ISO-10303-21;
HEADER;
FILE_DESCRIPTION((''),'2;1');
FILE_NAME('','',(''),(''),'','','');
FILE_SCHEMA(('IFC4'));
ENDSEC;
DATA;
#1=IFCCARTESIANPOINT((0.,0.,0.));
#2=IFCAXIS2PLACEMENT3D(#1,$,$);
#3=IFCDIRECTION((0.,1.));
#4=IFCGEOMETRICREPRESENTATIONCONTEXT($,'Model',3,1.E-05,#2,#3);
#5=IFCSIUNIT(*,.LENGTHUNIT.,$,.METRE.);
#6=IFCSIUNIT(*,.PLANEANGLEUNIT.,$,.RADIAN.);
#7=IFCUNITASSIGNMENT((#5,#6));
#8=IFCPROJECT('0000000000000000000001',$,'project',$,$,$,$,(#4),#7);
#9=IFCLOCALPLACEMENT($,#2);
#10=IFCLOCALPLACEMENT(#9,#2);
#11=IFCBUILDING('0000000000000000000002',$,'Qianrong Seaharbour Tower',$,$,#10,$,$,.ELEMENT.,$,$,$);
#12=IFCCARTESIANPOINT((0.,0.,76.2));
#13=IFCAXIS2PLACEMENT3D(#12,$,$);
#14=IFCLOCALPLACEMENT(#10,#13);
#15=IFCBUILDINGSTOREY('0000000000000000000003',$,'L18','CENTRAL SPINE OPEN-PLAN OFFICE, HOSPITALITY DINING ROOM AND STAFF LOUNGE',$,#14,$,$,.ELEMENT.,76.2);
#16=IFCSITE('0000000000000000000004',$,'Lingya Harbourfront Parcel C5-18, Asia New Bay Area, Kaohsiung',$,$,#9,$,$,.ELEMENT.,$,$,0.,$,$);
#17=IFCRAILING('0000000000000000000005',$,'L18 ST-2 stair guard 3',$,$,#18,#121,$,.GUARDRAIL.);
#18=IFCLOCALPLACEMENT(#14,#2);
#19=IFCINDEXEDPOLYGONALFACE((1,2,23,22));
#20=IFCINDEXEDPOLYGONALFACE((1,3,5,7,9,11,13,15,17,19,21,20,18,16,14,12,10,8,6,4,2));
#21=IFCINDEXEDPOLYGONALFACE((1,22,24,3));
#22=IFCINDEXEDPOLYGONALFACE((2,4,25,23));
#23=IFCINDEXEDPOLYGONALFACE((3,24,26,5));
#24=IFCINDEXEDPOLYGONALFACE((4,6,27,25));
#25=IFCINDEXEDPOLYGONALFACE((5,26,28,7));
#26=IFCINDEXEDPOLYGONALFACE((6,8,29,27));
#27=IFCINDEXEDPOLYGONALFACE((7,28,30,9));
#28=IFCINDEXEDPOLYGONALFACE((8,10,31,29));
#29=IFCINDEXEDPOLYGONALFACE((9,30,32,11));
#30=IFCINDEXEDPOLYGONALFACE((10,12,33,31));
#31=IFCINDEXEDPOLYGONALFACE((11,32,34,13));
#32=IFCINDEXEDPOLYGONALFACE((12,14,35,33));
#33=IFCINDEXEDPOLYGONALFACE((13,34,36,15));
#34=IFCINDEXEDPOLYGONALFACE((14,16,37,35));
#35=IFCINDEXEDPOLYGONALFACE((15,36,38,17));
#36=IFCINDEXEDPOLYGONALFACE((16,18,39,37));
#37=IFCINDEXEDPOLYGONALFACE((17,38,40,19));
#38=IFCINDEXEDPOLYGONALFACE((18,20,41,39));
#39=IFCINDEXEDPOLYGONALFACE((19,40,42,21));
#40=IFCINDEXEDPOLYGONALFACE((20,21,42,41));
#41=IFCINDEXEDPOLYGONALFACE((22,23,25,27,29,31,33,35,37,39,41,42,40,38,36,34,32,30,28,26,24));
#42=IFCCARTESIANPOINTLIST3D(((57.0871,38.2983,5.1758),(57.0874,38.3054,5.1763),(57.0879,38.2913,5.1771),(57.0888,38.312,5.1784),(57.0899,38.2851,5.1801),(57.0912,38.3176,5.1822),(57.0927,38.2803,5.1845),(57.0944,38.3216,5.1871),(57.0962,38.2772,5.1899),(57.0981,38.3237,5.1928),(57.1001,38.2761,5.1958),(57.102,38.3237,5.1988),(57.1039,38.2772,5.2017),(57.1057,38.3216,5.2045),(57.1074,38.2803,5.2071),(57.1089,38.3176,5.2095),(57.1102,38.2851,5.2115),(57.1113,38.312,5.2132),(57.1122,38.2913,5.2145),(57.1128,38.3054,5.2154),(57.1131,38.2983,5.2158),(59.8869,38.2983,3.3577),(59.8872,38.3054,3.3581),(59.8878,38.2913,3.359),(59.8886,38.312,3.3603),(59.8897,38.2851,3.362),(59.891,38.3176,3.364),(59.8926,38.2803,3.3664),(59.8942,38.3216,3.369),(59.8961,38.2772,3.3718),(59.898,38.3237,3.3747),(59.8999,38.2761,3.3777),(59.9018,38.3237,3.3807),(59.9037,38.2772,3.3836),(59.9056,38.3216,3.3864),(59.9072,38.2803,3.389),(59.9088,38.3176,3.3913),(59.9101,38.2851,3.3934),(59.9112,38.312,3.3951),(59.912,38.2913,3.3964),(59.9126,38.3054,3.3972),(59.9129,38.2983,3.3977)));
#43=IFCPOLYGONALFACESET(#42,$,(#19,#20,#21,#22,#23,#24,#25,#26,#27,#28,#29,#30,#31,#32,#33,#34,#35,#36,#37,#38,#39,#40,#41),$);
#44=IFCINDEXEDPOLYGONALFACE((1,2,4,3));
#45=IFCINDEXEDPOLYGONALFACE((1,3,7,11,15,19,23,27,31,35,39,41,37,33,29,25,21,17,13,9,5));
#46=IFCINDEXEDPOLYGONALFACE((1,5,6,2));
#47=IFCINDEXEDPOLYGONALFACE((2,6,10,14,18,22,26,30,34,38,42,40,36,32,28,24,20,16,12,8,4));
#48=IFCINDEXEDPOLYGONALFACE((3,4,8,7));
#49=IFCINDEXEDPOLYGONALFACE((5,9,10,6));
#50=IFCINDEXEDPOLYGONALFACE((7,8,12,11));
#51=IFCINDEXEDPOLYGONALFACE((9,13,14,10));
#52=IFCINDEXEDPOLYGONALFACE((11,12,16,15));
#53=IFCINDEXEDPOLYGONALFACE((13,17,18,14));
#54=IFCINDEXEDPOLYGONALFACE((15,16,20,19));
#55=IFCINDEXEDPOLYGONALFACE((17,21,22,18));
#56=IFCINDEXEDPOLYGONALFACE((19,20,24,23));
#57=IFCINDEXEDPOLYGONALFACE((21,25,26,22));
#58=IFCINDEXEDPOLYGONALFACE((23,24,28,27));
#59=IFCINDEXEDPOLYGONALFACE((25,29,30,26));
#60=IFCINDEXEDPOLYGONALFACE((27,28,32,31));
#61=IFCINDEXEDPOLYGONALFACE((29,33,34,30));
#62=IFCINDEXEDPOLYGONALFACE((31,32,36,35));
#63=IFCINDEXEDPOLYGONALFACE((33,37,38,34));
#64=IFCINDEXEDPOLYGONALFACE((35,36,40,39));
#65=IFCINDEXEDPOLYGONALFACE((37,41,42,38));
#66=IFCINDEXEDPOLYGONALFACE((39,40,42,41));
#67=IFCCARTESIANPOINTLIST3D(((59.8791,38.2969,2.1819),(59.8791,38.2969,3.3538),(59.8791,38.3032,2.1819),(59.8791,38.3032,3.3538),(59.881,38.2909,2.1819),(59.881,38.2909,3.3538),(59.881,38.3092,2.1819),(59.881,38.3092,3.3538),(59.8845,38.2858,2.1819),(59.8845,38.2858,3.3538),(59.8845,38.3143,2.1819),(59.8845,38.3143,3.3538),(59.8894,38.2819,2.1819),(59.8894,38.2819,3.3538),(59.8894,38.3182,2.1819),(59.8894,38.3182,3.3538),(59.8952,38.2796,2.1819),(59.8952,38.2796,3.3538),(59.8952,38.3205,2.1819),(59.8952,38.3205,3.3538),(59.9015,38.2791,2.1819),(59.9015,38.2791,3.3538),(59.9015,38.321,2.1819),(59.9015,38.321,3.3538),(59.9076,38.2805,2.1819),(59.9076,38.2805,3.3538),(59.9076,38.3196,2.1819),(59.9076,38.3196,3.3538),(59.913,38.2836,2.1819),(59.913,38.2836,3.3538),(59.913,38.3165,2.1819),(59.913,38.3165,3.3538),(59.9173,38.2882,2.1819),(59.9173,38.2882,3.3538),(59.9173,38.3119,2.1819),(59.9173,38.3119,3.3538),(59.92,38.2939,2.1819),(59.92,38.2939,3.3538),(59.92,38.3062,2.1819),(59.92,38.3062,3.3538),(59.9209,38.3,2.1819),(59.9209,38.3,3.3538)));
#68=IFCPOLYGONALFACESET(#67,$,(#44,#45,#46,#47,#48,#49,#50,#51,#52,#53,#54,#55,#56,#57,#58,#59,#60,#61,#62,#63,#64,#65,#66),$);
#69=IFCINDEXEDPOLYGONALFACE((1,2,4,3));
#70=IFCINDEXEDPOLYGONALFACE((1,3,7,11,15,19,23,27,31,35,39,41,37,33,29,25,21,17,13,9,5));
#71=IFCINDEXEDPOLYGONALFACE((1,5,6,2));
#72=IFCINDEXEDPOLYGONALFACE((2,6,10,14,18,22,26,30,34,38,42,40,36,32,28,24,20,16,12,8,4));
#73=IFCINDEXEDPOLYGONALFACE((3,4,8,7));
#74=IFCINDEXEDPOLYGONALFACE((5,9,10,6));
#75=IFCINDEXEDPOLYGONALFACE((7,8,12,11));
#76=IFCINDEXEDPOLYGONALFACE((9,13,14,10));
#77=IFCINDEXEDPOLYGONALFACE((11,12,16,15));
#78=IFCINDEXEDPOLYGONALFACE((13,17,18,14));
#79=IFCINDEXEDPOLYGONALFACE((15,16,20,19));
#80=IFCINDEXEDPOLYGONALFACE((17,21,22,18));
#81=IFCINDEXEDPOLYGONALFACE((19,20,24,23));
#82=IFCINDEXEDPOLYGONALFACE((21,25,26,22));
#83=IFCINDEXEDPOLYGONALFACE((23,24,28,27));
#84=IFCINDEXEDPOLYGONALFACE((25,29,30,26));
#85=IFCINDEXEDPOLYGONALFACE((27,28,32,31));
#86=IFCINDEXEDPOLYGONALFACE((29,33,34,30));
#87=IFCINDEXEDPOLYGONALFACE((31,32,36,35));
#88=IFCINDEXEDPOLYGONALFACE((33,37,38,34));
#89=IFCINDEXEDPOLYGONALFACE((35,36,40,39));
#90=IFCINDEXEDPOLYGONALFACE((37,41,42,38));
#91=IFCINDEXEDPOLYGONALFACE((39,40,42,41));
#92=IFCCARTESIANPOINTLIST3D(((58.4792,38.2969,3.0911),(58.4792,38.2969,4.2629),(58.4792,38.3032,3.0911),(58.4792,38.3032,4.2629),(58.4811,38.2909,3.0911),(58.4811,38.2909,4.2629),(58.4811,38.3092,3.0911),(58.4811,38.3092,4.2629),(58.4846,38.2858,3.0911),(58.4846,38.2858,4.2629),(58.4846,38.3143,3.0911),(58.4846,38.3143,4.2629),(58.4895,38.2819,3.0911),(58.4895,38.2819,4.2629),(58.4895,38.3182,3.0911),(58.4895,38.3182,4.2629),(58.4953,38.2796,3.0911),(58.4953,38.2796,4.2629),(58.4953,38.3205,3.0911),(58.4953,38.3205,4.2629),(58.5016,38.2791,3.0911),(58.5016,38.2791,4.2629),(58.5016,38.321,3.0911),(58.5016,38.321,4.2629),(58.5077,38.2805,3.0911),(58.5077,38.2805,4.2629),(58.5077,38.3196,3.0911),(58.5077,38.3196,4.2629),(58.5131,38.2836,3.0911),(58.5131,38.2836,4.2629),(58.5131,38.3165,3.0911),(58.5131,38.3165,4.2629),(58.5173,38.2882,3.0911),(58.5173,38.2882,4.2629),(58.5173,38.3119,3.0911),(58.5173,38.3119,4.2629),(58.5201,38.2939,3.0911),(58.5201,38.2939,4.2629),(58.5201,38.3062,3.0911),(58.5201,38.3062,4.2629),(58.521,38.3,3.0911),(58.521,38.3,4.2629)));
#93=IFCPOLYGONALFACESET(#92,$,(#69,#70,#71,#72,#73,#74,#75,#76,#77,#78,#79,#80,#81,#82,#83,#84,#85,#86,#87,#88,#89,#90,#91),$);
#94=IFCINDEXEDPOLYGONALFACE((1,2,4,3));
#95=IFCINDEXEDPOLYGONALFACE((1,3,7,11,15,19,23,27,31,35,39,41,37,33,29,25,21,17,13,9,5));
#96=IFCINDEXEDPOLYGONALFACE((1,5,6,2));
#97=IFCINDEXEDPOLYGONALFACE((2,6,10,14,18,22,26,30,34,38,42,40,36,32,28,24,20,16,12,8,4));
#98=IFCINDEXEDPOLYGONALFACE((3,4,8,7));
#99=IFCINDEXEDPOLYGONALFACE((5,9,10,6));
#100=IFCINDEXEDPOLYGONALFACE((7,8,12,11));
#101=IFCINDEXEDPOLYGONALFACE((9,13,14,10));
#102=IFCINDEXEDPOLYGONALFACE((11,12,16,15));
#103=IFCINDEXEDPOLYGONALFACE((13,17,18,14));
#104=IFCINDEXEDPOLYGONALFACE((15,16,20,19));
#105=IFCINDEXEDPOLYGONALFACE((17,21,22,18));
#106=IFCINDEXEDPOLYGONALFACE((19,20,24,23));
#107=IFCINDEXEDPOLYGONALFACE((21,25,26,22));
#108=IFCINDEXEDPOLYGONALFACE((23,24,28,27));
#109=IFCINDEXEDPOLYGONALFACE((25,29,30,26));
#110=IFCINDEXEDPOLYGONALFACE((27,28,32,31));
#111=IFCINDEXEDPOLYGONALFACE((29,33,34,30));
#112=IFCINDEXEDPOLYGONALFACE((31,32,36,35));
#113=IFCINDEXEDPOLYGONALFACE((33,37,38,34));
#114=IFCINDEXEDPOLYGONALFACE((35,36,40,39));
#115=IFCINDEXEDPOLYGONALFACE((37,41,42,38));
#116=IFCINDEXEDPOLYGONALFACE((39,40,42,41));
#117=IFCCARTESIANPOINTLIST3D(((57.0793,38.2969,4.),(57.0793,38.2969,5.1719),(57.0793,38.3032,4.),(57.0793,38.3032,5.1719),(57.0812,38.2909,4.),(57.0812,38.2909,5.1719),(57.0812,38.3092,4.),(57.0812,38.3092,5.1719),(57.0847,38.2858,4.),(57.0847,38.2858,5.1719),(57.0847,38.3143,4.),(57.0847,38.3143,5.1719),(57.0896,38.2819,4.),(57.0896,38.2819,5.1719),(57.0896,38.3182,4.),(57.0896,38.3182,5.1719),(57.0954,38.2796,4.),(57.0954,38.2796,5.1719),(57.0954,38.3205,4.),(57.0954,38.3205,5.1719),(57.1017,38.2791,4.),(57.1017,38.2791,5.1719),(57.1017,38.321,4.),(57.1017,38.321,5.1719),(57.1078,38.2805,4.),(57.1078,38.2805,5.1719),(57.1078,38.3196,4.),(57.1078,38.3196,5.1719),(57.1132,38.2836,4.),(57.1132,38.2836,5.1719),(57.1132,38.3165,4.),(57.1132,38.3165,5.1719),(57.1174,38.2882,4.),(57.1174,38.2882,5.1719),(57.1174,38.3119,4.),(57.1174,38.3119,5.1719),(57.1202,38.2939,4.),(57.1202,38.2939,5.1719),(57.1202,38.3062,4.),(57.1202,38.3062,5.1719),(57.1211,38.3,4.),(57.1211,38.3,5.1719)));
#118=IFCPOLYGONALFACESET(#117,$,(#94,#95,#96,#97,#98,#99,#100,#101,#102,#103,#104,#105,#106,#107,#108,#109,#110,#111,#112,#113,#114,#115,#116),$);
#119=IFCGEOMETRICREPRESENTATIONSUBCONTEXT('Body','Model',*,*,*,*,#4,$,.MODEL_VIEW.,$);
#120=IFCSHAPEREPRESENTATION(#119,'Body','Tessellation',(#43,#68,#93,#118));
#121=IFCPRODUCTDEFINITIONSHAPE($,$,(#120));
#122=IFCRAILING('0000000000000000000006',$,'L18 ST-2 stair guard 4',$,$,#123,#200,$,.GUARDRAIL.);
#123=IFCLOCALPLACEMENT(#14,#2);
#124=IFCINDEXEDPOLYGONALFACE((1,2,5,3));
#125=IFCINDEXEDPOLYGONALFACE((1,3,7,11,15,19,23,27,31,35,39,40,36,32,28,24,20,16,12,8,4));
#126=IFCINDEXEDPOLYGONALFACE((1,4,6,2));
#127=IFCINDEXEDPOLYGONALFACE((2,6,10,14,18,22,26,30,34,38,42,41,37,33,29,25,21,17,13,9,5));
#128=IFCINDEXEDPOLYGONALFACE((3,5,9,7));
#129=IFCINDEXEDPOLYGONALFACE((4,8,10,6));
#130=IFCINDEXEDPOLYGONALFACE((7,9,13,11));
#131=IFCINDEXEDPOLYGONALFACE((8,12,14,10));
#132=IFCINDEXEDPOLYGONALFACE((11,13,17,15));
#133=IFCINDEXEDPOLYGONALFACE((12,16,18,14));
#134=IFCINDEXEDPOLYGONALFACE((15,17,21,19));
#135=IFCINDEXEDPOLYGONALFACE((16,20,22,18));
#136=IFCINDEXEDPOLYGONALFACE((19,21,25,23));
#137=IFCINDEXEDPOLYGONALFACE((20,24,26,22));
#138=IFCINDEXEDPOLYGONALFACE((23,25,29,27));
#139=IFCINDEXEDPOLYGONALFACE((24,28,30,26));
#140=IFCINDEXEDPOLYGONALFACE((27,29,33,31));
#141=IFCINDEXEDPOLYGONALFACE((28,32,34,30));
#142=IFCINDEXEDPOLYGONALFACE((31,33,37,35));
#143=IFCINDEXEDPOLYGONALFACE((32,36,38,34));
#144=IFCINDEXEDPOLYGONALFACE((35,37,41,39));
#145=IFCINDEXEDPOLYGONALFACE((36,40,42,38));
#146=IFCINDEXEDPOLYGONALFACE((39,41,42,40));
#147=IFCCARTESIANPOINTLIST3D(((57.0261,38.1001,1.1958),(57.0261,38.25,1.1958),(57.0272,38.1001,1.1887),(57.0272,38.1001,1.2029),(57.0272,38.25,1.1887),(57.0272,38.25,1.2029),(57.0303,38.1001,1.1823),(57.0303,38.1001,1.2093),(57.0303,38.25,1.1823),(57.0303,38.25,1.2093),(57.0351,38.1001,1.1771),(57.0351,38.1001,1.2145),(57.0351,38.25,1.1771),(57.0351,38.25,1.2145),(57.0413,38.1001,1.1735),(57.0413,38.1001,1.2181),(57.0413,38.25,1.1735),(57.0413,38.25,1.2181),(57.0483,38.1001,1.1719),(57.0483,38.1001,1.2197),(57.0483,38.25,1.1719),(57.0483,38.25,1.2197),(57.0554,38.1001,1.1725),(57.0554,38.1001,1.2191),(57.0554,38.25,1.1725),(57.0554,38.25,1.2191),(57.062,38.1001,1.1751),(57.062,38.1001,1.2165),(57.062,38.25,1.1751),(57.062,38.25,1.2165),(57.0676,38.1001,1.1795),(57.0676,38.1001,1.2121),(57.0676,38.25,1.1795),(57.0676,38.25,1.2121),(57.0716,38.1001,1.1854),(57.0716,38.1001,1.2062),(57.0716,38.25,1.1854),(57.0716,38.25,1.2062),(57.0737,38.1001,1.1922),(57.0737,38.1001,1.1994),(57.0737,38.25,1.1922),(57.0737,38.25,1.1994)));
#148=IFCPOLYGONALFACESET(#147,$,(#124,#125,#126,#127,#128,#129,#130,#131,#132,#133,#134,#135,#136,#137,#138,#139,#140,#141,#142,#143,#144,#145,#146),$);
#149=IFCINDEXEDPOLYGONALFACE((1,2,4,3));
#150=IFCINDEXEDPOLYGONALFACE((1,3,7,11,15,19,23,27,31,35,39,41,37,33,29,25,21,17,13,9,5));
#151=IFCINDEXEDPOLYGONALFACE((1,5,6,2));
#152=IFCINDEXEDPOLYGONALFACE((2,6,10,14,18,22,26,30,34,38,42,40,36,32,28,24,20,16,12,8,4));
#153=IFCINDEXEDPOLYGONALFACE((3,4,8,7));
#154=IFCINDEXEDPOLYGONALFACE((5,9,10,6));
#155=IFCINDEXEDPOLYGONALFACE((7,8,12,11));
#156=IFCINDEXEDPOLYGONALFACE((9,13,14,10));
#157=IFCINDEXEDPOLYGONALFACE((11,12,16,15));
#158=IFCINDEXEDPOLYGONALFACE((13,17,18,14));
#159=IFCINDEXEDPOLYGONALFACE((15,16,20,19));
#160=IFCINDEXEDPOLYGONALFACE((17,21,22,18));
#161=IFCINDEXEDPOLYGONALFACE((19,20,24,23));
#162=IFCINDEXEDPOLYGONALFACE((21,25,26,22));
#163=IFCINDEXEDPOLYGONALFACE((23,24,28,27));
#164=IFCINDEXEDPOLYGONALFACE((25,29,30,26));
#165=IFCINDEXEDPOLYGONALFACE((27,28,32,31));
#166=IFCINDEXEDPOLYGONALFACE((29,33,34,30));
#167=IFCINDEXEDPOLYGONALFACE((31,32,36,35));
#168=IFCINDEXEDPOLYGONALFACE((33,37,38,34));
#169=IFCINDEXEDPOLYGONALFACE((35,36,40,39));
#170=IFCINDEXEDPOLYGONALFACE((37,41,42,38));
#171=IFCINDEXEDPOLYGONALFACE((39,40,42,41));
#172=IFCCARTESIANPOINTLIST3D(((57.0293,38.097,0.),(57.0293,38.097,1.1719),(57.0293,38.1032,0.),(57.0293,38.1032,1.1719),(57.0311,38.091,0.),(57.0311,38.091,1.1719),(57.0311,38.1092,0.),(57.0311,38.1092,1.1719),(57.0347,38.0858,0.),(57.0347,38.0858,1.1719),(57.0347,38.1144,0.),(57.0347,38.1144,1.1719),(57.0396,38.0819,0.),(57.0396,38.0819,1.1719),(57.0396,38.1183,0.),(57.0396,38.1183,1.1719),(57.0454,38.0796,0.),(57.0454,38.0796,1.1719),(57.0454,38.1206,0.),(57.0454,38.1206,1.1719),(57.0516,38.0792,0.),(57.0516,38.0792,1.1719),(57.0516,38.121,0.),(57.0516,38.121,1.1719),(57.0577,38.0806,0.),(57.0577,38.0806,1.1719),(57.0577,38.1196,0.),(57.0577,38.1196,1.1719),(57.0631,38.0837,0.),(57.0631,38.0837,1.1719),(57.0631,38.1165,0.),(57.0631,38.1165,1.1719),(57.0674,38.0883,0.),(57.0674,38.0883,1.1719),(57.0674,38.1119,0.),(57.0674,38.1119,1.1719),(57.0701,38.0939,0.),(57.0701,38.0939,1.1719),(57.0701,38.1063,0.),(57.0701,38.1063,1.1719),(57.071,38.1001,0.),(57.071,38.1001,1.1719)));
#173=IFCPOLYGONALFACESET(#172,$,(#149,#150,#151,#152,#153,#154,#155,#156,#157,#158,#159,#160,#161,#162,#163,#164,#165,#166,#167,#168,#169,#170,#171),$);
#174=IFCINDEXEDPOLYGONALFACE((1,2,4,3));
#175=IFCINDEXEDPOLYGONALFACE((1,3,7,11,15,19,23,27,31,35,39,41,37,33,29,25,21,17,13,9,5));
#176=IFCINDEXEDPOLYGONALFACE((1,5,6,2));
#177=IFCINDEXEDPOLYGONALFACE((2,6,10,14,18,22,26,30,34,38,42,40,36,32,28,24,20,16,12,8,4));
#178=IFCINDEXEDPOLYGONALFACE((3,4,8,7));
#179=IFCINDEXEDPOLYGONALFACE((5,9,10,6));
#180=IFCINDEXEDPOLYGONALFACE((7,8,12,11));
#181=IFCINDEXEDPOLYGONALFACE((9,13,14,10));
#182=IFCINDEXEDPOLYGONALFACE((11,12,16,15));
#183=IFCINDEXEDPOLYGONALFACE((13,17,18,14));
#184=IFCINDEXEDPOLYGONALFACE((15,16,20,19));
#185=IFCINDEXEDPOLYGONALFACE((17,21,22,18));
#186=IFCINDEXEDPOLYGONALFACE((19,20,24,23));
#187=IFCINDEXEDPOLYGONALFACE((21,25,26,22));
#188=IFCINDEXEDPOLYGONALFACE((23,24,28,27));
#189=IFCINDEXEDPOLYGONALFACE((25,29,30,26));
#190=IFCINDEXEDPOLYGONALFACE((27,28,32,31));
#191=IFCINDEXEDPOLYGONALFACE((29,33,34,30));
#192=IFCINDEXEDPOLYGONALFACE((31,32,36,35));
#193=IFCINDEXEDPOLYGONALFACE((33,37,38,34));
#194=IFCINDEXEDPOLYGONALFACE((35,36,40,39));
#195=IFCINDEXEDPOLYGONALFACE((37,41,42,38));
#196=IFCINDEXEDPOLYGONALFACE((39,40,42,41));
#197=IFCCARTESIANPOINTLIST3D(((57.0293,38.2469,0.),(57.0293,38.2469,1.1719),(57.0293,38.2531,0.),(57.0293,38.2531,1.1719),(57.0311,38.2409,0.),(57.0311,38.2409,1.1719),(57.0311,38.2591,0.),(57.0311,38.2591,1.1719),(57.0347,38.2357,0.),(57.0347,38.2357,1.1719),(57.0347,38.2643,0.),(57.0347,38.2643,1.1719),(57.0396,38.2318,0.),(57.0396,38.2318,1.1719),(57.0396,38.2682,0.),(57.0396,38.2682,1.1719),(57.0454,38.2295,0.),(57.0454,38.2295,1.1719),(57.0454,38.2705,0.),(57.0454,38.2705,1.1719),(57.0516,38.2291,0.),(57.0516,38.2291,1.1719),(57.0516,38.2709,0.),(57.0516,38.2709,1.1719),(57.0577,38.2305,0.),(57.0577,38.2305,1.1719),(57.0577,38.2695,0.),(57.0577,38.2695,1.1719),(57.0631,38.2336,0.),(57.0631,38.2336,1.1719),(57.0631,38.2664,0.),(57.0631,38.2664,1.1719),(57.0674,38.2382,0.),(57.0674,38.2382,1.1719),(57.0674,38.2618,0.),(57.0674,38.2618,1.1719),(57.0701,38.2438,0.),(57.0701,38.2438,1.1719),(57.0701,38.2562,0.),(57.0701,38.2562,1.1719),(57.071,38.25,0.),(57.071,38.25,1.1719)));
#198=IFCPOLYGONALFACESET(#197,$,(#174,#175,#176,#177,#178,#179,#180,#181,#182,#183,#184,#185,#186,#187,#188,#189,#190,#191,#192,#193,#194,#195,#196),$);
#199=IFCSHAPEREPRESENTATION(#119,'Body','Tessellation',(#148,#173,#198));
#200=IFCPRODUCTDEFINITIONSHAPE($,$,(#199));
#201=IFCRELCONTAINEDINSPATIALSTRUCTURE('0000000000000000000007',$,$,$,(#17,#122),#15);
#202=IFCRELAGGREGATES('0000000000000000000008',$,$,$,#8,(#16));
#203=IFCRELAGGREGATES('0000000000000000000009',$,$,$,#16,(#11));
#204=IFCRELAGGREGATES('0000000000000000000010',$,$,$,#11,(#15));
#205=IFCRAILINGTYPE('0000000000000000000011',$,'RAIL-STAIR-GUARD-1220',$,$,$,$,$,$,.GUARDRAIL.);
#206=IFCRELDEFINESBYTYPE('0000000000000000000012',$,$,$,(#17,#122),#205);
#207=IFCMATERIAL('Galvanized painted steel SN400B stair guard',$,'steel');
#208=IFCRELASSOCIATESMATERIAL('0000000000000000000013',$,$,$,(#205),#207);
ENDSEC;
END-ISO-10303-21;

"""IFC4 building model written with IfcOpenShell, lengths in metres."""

from ifc_helpers import new_model, si_unit, direction, frame, origin, origin_2d, place, context, subcontext, project, spatial, circle, extrude, material, type_object, element, save


model = new_model("IFC4")

# Units and contexts
model_context = context("Model", 3, precision=1e-05, world=origin(), true_north=direction((0.0, 1.0)))
body_context = subcontext(model_context, "Body", "Model", "MODEL_VIEW")
ifc_project = project(units=[si_unit("LENGTHUNIT", "METRE"), si_unit("PLANEANGLEUNIT", "RADIAN")], contexts=[model_context])

# Site, building, storey
site_placement = place(None, origin())
site = spatial("IfcSite", under=ifc_project, at=site_placement, Name="Lingya Harbourfront Parcel C5-18, Asia New Bay Area, Kaohsiung", CompositionType="ELEMENT", RefElevation=0.0)
building_placement = place(site_placement, origin())
building = spatial("IfcBuilding", under=site, at=building_placement, Name="Qianrong Seaharbour Tower", CompositionType="ELEMENT")
storey_placement = place(building_placement, frame((0.0, 0.0, 76.2)))
storey = spatial("IfcBuildingStorey", under=building, at=storey_placement, Name="L18", Description="CENTRAL SPINE OPEN-PLAN OFFICE, HOSPITALITY DINING ROOM AND STAFF LOUNGE", CompositionType="ELEMENT", Elevation=76.2)

# Railings
ifc_material_1 = material(Name="Galvanized painted steel SN400B stair guard", Category="steel")
railing_type_1 = type_object("IfcRailingType", Name="RAIL-STAIR-GUARD-1220", PredefinedType="GUARDRAIL", material=ifc_material_1)
railing_1_placement = place(storey_placement, frame((59.8999, 38.3, 2.1819)))
element("IfcRailing", 1, at=railing_1_placement, inside=storey, type_object=railing_type_1, Name="L18 ST-2 stair guard 3", PredefinedType="GUARDRAIL", context=body_context, shape_type="SweptSolid", body=[
    extrude(circle(Radius=0.0239, at=origin_2d()), frame((0.0, 0.0, 1.1958), z_axis=(-0.838684, 0.0, 0.544618), x_axis=(0.0, -1.0, 0.0)), (0.0, 0.0, 1.0), 3.3384),
    extrude(circle(Radius=0.021, at=origin_2d()), origin(), (0.0, 0.0, 1.0), 1.1719),
    extrude(circle(Radius=0.021, at=origin_2d()), frame((-1.3999, 0.0, 0.9092)), (0.0, 0.0, 1.0), 1.1719),
    extrude(circle(Radius=0.021, at=origin_2d()), frame((-2.7998, 0.0, 1.8181)), (0.0, 0.0, 1.0), 1.1719),
])
railing_2_placement = place(storey_placement, frame((57.05, 38.1001, 0.0)))
element("IfcRailing", 2, at=railing_2_placement, inside=storey, type_object=railing_type_1, Name="L18 ST-2 stair guard 4", PredefinedType="GUARDRAIL", context=body_context, shape_type="SweptSolid", body=[
    extrude(circle(Radius=0.0239, at=origin_2d()), frame((0.0, 0.0, 1.1958), z_axis=(0.0, 1.0, 0.0), x_axis=(-1.0, 0.0, 0.0)), (0.0, 0.0, 1.0), 0.1499),
    extrude(circle(Radius=0.021, at=origin_2d()), origin(), (0.0, 0.0, 1.0), 1.1719),
    extrude(circle(Radius=0.021, at=origin_2d()), frame((0.0, 0.1499, 0.0)), (0.0, 0.0, 1.0), 1.1719),
])

save(model, "model.ifc")
